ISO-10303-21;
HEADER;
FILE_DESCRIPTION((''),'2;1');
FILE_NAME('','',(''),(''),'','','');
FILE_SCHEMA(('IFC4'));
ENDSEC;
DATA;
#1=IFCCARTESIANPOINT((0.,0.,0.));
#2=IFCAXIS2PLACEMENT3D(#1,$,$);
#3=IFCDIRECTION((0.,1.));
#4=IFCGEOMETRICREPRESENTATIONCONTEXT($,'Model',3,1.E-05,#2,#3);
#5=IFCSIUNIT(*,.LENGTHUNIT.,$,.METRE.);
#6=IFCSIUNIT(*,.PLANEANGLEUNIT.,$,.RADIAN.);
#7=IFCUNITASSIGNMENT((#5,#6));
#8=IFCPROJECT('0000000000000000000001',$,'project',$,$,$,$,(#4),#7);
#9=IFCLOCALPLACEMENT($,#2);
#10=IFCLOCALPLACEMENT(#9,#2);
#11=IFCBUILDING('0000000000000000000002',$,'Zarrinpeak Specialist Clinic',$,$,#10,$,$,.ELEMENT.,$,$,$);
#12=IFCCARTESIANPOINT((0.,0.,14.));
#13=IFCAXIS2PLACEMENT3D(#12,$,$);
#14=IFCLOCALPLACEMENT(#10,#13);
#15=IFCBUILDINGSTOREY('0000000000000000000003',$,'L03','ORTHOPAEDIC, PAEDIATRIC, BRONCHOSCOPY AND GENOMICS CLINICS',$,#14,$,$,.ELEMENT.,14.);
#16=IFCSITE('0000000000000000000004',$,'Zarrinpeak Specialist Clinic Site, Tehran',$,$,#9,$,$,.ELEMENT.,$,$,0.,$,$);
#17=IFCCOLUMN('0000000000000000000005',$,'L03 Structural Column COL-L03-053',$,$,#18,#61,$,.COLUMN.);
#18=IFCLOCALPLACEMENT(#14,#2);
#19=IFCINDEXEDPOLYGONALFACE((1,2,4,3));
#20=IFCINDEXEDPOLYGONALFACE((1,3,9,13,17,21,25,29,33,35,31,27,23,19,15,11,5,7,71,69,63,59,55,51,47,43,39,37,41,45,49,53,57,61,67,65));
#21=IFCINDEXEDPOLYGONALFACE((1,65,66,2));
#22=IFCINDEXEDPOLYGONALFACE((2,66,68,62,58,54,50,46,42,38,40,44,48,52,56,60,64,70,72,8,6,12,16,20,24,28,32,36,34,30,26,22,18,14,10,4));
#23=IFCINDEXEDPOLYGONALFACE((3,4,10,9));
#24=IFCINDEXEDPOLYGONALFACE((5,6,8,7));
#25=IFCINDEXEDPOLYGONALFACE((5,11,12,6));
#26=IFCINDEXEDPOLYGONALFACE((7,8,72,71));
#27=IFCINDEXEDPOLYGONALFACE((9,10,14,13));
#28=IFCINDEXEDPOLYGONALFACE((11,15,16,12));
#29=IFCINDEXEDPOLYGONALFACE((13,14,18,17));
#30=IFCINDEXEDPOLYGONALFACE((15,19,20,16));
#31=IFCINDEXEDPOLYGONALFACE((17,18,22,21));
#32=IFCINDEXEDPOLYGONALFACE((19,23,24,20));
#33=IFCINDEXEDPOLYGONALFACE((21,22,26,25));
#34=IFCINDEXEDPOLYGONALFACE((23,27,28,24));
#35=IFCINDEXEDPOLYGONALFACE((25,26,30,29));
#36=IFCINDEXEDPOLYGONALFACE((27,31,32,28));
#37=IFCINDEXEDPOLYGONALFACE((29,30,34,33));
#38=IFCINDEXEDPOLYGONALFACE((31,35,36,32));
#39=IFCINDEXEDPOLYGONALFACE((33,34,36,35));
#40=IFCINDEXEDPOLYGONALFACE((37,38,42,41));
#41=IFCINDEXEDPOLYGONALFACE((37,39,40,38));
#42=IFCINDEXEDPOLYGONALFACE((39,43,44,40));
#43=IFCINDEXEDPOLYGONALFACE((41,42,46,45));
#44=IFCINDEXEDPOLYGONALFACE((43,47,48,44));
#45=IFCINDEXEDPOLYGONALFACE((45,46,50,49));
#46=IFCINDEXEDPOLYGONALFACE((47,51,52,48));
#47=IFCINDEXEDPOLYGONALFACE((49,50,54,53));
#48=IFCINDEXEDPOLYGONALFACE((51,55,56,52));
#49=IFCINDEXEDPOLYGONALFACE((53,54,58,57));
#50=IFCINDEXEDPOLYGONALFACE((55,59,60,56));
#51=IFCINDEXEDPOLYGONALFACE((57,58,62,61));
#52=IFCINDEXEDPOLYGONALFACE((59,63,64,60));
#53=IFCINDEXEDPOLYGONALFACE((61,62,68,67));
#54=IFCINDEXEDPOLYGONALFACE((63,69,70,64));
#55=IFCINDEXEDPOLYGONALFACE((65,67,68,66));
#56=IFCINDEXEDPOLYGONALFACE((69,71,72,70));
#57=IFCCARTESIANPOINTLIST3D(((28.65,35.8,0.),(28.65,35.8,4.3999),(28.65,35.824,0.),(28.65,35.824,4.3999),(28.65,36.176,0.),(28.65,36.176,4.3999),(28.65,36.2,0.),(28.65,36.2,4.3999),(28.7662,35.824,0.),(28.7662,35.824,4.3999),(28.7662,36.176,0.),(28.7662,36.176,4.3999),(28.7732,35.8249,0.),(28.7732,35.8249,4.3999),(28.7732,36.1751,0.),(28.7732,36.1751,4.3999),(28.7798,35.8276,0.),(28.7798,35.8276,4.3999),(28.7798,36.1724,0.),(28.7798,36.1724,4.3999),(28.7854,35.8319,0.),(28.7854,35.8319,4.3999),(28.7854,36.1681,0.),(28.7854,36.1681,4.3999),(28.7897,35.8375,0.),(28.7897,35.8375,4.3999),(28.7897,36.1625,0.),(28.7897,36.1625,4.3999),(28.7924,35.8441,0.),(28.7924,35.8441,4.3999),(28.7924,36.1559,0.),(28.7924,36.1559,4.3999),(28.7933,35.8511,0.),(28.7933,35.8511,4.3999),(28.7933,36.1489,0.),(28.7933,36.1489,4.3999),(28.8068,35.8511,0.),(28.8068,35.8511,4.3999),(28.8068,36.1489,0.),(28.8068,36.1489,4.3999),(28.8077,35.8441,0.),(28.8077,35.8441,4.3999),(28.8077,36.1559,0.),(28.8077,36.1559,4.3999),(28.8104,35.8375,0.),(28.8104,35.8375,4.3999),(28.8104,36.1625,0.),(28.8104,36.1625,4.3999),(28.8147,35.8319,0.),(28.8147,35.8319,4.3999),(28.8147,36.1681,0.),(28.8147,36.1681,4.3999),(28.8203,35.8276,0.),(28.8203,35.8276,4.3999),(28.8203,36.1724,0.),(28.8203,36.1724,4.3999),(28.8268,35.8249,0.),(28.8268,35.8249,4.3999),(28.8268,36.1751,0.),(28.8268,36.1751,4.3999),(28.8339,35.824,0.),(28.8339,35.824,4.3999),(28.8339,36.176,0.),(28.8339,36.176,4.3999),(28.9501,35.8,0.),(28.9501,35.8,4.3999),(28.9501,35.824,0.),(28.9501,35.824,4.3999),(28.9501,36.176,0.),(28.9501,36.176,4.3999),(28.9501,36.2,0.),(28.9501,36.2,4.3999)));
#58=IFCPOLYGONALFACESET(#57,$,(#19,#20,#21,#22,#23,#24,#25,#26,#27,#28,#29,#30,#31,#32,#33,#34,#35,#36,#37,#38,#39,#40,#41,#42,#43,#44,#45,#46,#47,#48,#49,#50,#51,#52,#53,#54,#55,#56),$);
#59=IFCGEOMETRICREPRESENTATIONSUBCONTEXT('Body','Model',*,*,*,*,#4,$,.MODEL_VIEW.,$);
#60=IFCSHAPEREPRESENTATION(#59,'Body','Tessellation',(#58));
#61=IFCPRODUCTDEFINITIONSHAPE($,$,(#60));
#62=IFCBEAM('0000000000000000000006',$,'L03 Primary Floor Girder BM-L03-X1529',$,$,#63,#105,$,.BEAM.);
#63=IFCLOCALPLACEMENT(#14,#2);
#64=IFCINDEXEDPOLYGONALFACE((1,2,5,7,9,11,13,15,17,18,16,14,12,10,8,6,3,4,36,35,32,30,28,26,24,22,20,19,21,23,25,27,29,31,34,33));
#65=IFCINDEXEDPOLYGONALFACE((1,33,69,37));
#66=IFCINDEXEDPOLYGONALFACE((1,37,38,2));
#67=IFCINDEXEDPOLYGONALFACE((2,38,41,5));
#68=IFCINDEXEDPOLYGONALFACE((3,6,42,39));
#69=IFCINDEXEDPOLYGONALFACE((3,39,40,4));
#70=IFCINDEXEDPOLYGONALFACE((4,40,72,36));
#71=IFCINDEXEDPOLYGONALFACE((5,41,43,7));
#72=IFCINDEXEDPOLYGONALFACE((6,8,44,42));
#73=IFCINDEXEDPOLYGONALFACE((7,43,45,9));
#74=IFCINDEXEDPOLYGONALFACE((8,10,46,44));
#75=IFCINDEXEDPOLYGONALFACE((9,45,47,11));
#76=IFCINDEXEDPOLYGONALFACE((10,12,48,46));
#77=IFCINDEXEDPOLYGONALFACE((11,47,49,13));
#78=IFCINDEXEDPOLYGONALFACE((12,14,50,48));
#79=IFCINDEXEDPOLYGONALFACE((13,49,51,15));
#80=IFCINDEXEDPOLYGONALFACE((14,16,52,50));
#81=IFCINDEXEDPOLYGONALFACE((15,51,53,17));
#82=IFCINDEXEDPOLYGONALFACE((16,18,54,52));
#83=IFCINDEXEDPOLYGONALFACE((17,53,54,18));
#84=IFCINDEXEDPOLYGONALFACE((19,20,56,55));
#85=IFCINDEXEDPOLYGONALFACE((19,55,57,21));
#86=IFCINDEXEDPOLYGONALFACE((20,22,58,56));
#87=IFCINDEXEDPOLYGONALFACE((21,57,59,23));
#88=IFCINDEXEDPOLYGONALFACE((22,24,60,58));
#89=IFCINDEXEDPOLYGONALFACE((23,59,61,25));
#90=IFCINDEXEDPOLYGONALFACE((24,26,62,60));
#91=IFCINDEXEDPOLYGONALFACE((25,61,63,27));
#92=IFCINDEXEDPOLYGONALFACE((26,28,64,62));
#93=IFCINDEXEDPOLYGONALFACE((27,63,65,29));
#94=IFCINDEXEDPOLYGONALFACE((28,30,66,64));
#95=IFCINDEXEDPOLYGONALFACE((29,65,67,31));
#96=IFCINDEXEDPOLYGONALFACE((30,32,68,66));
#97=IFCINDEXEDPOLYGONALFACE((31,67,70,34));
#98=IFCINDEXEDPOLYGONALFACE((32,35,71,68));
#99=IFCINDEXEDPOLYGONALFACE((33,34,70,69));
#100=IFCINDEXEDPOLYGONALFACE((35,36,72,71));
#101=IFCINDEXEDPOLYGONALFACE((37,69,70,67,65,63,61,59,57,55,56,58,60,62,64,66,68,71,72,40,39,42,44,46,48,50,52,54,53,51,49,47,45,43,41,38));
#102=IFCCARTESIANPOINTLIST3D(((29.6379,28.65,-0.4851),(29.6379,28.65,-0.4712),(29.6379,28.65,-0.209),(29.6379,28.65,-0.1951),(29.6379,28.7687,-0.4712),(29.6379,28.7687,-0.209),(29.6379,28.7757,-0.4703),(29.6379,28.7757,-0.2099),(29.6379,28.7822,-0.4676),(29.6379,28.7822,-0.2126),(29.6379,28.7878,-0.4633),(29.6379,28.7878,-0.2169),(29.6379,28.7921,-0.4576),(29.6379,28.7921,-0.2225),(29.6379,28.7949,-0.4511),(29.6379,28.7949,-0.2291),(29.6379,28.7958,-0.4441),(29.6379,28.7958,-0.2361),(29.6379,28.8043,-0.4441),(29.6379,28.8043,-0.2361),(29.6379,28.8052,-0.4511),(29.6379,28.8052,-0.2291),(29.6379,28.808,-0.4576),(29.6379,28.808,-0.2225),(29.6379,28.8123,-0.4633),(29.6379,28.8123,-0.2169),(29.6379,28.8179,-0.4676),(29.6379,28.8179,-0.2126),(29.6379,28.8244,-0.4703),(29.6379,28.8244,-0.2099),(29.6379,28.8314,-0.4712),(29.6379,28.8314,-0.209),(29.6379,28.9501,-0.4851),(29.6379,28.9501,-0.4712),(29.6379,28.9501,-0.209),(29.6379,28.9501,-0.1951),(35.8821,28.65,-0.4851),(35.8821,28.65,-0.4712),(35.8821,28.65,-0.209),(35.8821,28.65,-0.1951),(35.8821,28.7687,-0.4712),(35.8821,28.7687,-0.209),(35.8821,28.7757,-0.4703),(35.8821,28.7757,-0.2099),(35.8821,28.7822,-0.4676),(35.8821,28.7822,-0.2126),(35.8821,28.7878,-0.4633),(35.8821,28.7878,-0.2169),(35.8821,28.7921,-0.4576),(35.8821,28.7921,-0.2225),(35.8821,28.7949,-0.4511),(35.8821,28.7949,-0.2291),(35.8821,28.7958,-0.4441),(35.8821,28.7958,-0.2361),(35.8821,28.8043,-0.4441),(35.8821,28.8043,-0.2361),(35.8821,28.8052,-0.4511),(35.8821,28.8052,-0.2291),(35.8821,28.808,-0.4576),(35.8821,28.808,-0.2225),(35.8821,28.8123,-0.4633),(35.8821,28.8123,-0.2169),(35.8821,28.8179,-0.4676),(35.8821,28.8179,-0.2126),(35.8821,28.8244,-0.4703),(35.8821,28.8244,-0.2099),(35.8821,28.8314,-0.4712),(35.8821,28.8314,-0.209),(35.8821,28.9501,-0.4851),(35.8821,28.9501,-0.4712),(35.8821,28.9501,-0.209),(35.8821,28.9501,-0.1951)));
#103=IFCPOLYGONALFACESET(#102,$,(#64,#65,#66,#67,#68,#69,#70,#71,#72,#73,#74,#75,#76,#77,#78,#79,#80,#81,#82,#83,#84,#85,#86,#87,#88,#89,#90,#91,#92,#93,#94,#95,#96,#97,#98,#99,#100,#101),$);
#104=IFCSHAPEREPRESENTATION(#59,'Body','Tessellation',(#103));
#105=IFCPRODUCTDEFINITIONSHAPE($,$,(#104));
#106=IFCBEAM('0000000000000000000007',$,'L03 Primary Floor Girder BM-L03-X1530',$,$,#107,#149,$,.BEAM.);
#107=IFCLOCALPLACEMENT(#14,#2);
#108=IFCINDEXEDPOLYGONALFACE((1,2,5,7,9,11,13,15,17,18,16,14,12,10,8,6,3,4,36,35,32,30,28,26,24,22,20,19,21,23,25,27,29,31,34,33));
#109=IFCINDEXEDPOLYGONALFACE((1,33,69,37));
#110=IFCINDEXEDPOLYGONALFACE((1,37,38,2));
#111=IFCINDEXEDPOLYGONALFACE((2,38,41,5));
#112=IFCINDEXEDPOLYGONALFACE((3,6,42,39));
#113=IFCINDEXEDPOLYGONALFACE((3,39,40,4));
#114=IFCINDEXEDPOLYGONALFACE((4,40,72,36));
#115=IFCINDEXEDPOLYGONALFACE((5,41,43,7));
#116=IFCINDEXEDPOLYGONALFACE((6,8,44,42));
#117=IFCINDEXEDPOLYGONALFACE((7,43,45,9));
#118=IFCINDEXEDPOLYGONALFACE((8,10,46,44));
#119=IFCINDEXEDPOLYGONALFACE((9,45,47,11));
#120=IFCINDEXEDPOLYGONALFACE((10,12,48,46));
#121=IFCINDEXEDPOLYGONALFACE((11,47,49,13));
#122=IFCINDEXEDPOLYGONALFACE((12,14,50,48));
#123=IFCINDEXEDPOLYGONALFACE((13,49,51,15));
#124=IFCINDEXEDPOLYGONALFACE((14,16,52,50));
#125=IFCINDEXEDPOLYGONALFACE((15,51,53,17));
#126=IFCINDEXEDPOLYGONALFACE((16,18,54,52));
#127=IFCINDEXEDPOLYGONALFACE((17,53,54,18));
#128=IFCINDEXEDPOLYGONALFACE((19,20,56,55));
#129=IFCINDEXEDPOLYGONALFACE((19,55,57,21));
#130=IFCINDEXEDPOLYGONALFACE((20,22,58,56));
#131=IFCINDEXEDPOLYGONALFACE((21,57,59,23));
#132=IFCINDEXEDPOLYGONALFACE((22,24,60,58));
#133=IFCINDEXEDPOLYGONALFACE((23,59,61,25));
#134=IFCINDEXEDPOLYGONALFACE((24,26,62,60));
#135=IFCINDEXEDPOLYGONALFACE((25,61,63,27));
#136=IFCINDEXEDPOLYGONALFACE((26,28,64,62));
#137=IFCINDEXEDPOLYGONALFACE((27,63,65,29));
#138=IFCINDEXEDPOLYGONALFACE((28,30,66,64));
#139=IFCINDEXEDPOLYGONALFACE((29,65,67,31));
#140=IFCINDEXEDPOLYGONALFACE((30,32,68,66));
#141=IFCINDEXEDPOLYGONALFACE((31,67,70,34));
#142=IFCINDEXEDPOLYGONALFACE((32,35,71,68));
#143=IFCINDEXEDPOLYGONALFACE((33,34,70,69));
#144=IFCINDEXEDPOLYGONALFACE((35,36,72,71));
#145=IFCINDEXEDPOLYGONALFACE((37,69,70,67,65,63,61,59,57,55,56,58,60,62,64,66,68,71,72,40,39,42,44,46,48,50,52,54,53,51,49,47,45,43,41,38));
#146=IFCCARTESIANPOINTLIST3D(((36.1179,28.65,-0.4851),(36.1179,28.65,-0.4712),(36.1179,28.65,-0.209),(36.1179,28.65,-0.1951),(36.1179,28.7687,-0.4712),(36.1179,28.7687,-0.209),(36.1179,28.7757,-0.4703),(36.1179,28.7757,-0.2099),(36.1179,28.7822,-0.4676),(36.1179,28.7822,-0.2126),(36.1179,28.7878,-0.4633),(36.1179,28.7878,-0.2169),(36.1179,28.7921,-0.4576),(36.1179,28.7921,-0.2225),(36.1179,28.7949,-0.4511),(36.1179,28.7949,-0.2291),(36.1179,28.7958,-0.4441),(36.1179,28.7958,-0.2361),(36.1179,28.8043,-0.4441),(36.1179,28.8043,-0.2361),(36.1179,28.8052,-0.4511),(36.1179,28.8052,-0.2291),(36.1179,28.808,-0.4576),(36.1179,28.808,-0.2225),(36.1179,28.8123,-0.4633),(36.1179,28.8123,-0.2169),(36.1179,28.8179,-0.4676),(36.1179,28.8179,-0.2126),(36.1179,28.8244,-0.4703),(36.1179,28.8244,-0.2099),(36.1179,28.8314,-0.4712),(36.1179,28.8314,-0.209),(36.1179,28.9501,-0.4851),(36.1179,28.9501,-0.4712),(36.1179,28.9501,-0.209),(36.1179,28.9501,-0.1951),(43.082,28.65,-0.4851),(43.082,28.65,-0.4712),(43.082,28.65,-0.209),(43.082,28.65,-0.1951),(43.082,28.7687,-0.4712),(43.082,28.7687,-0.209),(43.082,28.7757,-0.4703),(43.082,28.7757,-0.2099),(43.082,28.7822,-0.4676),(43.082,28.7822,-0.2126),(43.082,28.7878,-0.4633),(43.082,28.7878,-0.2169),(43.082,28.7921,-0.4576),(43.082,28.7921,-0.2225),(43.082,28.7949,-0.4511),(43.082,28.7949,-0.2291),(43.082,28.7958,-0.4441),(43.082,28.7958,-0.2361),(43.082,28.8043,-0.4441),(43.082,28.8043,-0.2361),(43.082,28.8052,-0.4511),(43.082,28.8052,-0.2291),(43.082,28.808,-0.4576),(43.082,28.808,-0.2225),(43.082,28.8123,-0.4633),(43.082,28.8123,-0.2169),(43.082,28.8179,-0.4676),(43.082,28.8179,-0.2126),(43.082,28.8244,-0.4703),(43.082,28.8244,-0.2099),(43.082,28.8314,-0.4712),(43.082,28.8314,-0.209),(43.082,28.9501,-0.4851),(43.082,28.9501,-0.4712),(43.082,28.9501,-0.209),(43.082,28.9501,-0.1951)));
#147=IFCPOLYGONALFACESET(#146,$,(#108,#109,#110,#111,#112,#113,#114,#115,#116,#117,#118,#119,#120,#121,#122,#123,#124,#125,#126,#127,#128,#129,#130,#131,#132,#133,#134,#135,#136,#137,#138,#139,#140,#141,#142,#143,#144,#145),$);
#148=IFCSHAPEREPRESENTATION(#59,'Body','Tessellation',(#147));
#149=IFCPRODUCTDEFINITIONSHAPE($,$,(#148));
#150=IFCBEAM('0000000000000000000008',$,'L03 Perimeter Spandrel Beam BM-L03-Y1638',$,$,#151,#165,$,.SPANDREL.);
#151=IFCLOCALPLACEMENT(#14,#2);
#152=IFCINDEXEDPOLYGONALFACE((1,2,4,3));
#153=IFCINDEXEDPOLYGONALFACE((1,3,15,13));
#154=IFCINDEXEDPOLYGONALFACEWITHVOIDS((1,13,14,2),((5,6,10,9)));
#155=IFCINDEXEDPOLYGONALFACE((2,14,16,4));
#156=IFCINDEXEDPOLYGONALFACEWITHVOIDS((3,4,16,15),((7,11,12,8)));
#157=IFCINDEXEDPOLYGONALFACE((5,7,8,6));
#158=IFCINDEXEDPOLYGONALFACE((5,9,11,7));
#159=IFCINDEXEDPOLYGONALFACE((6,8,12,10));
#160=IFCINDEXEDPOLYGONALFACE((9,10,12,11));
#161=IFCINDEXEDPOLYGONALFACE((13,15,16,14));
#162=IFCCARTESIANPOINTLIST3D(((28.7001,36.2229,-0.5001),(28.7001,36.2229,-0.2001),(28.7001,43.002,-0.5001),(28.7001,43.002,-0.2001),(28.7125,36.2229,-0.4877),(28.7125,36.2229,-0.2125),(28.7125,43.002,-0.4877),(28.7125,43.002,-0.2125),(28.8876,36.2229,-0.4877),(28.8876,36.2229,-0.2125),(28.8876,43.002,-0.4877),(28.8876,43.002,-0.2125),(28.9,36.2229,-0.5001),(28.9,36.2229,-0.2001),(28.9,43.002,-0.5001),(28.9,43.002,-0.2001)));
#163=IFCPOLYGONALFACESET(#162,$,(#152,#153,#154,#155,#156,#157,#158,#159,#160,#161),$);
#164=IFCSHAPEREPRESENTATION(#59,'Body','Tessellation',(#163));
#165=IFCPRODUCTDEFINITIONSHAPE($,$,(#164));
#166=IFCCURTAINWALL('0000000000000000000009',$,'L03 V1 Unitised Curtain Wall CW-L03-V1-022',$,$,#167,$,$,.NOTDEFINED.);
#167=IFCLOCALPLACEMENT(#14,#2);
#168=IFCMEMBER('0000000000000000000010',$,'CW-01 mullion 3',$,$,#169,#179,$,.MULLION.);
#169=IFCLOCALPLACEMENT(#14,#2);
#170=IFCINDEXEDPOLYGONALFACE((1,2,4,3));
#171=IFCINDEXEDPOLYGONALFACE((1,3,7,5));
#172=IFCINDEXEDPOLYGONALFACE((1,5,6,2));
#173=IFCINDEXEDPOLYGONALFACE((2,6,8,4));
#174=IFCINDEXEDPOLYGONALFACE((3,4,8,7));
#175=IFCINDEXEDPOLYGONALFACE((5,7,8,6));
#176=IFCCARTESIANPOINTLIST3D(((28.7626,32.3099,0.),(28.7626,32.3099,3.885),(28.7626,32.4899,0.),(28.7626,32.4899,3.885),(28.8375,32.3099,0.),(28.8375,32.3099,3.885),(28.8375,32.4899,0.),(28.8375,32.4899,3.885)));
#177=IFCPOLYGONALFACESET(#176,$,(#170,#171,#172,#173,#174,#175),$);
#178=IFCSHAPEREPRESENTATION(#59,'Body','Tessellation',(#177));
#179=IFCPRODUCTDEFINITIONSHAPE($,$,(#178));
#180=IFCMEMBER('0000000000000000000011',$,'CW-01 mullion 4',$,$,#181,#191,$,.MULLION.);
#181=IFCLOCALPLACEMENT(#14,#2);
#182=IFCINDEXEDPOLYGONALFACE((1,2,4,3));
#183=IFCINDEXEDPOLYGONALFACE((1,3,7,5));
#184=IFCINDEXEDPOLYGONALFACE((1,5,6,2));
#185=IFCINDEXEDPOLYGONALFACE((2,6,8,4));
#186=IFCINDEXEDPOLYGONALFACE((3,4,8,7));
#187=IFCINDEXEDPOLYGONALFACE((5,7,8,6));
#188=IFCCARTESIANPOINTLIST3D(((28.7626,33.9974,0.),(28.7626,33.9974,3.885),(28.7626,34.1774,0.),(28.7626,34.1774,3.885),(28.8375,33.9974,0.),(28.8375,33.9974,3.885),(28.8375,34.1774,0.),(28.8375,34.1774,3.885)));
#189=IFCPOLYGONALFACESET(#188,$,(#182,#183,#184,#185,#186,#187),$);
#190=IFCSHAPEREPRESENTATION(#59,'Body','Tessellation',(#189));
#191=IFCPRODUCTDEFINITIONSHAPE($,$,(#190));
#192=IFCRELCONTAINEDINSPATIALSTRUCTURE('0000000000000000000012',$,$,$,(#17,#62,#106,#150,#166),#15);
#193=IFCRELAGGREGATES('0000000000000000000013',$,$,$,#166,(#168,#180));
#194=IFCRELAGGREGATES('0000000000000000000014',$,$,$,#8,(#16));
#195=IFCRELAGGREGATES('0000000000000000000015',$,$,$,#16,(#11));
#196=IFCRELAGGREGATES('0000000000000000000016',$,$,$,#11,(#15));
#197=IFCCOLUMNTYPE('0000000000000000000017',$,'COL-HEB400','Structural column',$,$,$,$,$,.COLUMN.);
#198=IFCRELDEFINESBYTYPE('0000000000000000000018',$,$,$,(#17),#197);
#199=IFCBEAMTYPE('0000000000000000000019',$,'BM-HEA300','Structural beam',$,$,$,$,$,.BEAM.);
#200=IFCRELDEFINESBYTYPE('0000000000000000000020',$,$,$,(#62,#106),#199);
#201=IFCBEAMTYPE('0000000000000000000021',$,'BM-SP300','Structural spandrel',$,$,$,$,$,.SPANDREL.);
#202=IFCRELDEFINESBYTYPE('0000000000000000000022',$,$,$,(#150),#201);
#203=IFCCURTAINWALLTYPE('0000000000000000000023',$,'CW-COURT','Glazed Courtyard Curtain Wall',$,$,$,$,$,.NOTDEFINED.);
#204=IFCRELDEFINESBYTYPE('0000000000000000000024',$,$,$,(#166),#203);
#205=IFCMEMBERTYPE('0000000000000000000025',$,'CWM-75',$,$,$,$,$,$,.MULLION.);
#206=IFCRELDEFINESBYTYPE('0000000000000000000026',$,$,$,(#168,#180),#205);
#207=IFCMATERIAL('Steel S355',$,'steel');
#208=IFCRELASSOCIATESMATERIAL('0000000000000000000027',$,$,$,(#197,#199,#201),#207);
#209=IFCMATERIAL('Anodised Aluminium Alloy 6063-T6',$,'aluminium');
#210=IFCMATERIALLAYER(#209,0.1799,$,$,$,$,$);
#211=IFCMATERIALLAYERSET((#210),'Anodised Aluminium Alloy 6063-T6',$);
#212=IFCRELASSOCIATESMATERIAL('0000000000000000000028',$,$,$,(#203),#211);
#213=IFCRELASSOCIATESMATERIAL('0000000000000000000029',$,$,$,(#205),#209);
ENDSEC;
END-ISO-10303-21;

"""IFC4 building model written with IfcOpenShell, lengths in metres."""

from ifc_helpers import new_model, si_unit, direction, frame, origin, origin_2d, place, context, subcontext, project, spatial, rectangle, hollow_rectangle, i_section, extrude, material, layer, layer_set, material_profile, profile_set, type_object, element, aggregate, save


model = new_model("IFC4")

# Units and contexts
model_context = context("Model", 3, precision=1e-05, world=origin(), true_north=direction((0.0, 1.0)))
body_context = subcontext(model_context, "Body", "Model", "MODEL_VIEW")
ifc_project = project(units=[si_unit("LENGTHUNIT", "METRE"), si_unit("PLANEANGLEUNIT", "RADIAN")], contexts=[model_context])

# Site, building, storey
site_placement = place(None, origin())
site = spatial("IfcSite", under=ifc_project, at=site_placement, Name="Zarrinpeak Specialist Clinic Site, Tehran", CompositionType="ELEMENT", RefElevation=0.0)
building_placement = place(site_placement, origin())
building = spatial("IfcBuilding", under=site, at=building_placement, Name="Zarrinpeak Specialist Clinic", CompositionType="ELEMENT")
storey_placement = place(building_placement, frame((0.0, 0.0, 14.0)))
storey = spatial("IfcBuildingStorey", under=building, at=storey_placement, Name="L03", Description="ORTHOPAEDIC, PAEDIATRIC, BRONCHOSCOPY AND GENOMICS CLINICS", CompositionType="ELEMENT", Elevation=14.0)

# Column
ifc_material_1 = material(Name="Steel S355", Category="steel")
ifc_material_profile_1 = material_profile(ifc_material_1, i_section(OverallWidth=0.3, OverallDepth=0.3999, WebThickness=0.0134, FlangeThickness=0.0239, FilletRadius=0.0271, at=origin_2d()), Name="HEB 400")
ifc_profile_set_1 = profile_set([ifc_material_profile_1], Name="Steel S355")
column_type = type_object("IfcColumnType", Name="COL-HEB400", Description="Structural column", PredefinedType="COLUMN", material=ifc_profile_set_1)
column_placement = place(storey_placement, frame((28.8, 36.0, 0.0), z_axis=(0.0, 0.0, 1.0), x_axis=(1.0, 0.0, 0.0)))
element("IfcColumn", 1, at=column_placement, inside=storey, type_object=column_type, Name="L03 Structural Column COL-L03-053", PredefinedType="COLUMN", context=body_context, shape_type="SweptSolid", body=[
    extrude(i_section(OverallWidth=0.3, OverallDepth=0.3999, WebThickness=0.0134, FlangeThickness=0.0239, FilletRadius=0.0271, at=origin_2d()), origin(), (0.0, 0.0, 1.0), 4.3999),
])

# Beams
ifc_material_profile_2 = material_profile(ifc_material_1, i_section(OverallWidth=0.3, OverallDepth=0.29, WebThickness=0.0085, FlangeThickness=0.0139, FilletRadius=0.0271, at=origin_2d()), Name="HEA 300")
ifc_profile_set_2 = profile_set([ifc_material_profile_2], Name="Steel S355")
beam_type_1 = type_object("IfcBeamType", Name="BM-HEA300", Description="Structural beam", PredefinedType="BEAM", material=ifc_profile_set_2)
beam_1_placement = place(storey_placement, frame((29.6379, 28.8, -0.3401), z_axis=(1.0, 0.0, 0.0), x_axis=(0.0, 1.0, 0.0)))
element("IfcBeam", 2, at=beam_1_placement, inside=storey, type_object=beam_type_1, Name="L03 Primary Floor Girder BM-L03-X1529", PredefinedType="BEAM", context=body_context, shape_type="SweptSolid", body=[
    extrude(i_section(OverallWidth=0.3, OverallDepth=0.29, WebThickness=0.0085, FlangeThickness=0.0139, FilletRadius=0.0271, at=origin_2d()), origin(), (0.0, 0.0, 1.0), 6.2441),
])
beam_2_placement = place(storey_placement, frame((36.1179, 28.8, -0.3401), z_axis=(1.0, 0.0, 0.0), x_axis=(0.0, 1.0, 0.0)))
element("IfcBeam", 3, at=beam_2_placement, inside=storey, type_object=beam_type_1, Name="L03 Primary Floor Girder BM-L03-X1530", PredefinedType="BEAM", context=body_context, shape_type="SweptSolid", body=[
    extrude(i_section(OverallWidth=0.3, OverallDepth=0.29, WebThickness=0.0085, FlangeThickness=0.0139, FilletRadius=0.0271, at=origin_2d()), origin(), (0.0, 0.0, 1.0), 6.9641),
])
ifc_material_profile_3 = material_profile(ifc_material_1, hollow_rectangle(XDim=0.2, YDim=0.3, WallThickness=0.0125, at=origin_2d()), Name="RHS 300x200x12.5")
ifc_profile_set_3 = profile_set([ifc_material_profile_3], Name="Steel S355")
beam_type_2 = type_object("IfcBeamType", Name="BM-SP300", Description="Structural spandrel", PredefinedType="SPANDREL", material=ifc_profile_set_3)
beam_3_placement = place(storey_placement, frame((28.8, 36.2229, -0.3501), z_axis=(0.0, 1.0, 0.0), x_axis=(-1.0, 0.0, 0.0)))
element("IfcBeam", 4, at=beam_3_placement, inside=storey, type_object=beam_type_2, Name="L03 Perimeter Spandrel Beam BM-L03-Y1638", PredefinedType="SPANDREL", context=body_context, shape_type="SweptSolid", body=[
    extrude(hollow_rectangle(XDim=0.2, YDim=0.3, WallThickness=0.0125, at=origin_2d()), origin(), (0.0, 0.0, 1.0), 6.7791),
])

# Curtain wall, members
ifc_material_2 = material(Name="Anodised Aluminium Alloy 6063-T6", Category="aluminium")
ifc_layer_1 = layer(ifc_material_2, 0.1799)
ifc_layer_set_1 = layer_set([ifc_layer_1], Name="Anodised Aluminium Alloy 6063-T6")
curtain_wall_type = type_object("IfcCurtainWallType", Name="CW-COURT", Description="Glazed Courtyard Curtain Wall", PredefinedType="NOTDEFINED", material=ifc_layer_set_1)
curtain_wall_1_placement = place(storey_placement, origin())
curtain_wall_1 = element("IfcCurtainWall", 5, at=curtain_wall_1_placement, inside=storey, type_object=curtain_wall_type, Name="L03 V1 Unitised Curtain Wall CW-L03-V1-022", PredefinedType="NOTDEFINED")
ifc_material_profile_4 = material_profile(ifc_material_2, rectangle(XDim=0.075, YDim=0.1799, at=origin_2d()), Name="ALU 75x180")
ifc_profile_set_4 = profile_set([ifc_material_profile_4], Name="Anodised Aluminium Alloy 6063-T6")
member_type_1 = type_object("IfcMemberType", Name="CWM-75", PredefinedType="MULLION", material=ifc_profile_set_4)
member_1_placement = place(storey_placement, frame((28.8, 32.3999, 0.0), z_axis=(0.0, 0.0, 1.0), x_axis=(-1.0, 0.0, 0.0)))
member_1 = element("IfcMember", 6, at=member_1_placement, type_object=member_type_1, Name="CW-01 mullion 3", PredefinedType="MULLION", context=body_context, shape_type="SweptSolid", body=[
    extrude(rectangle(XDim=0.075, YDim=0.1799, at=origin_2d()), origin(), (0.0, 0.0, 1.0), 3.885),
])
member_2_placement = place(storey_placement, frame((28.8, 34.0874, 0.0), z_axis=(0.0, 0.0, 1.0), x_axis=(-1.0, 0.0, 0.0)))
member_2 = element("IfcMember", 7, at=member_2_placement, type_object=member_type_1, Name="CW-01 mullion 4", PredefinedType="MULLION", context=body_context, shape_type="SweptSolid", body=[
    extrude(rectangle(XDim=0.075, YDim=0.1799, at=origin_2d()), origin(), (0.0, 0.0, 1.0), 3.885),
])

aggregate(curtain_wall_1, [member_1, member_2])

save(model, "model.ifc")
